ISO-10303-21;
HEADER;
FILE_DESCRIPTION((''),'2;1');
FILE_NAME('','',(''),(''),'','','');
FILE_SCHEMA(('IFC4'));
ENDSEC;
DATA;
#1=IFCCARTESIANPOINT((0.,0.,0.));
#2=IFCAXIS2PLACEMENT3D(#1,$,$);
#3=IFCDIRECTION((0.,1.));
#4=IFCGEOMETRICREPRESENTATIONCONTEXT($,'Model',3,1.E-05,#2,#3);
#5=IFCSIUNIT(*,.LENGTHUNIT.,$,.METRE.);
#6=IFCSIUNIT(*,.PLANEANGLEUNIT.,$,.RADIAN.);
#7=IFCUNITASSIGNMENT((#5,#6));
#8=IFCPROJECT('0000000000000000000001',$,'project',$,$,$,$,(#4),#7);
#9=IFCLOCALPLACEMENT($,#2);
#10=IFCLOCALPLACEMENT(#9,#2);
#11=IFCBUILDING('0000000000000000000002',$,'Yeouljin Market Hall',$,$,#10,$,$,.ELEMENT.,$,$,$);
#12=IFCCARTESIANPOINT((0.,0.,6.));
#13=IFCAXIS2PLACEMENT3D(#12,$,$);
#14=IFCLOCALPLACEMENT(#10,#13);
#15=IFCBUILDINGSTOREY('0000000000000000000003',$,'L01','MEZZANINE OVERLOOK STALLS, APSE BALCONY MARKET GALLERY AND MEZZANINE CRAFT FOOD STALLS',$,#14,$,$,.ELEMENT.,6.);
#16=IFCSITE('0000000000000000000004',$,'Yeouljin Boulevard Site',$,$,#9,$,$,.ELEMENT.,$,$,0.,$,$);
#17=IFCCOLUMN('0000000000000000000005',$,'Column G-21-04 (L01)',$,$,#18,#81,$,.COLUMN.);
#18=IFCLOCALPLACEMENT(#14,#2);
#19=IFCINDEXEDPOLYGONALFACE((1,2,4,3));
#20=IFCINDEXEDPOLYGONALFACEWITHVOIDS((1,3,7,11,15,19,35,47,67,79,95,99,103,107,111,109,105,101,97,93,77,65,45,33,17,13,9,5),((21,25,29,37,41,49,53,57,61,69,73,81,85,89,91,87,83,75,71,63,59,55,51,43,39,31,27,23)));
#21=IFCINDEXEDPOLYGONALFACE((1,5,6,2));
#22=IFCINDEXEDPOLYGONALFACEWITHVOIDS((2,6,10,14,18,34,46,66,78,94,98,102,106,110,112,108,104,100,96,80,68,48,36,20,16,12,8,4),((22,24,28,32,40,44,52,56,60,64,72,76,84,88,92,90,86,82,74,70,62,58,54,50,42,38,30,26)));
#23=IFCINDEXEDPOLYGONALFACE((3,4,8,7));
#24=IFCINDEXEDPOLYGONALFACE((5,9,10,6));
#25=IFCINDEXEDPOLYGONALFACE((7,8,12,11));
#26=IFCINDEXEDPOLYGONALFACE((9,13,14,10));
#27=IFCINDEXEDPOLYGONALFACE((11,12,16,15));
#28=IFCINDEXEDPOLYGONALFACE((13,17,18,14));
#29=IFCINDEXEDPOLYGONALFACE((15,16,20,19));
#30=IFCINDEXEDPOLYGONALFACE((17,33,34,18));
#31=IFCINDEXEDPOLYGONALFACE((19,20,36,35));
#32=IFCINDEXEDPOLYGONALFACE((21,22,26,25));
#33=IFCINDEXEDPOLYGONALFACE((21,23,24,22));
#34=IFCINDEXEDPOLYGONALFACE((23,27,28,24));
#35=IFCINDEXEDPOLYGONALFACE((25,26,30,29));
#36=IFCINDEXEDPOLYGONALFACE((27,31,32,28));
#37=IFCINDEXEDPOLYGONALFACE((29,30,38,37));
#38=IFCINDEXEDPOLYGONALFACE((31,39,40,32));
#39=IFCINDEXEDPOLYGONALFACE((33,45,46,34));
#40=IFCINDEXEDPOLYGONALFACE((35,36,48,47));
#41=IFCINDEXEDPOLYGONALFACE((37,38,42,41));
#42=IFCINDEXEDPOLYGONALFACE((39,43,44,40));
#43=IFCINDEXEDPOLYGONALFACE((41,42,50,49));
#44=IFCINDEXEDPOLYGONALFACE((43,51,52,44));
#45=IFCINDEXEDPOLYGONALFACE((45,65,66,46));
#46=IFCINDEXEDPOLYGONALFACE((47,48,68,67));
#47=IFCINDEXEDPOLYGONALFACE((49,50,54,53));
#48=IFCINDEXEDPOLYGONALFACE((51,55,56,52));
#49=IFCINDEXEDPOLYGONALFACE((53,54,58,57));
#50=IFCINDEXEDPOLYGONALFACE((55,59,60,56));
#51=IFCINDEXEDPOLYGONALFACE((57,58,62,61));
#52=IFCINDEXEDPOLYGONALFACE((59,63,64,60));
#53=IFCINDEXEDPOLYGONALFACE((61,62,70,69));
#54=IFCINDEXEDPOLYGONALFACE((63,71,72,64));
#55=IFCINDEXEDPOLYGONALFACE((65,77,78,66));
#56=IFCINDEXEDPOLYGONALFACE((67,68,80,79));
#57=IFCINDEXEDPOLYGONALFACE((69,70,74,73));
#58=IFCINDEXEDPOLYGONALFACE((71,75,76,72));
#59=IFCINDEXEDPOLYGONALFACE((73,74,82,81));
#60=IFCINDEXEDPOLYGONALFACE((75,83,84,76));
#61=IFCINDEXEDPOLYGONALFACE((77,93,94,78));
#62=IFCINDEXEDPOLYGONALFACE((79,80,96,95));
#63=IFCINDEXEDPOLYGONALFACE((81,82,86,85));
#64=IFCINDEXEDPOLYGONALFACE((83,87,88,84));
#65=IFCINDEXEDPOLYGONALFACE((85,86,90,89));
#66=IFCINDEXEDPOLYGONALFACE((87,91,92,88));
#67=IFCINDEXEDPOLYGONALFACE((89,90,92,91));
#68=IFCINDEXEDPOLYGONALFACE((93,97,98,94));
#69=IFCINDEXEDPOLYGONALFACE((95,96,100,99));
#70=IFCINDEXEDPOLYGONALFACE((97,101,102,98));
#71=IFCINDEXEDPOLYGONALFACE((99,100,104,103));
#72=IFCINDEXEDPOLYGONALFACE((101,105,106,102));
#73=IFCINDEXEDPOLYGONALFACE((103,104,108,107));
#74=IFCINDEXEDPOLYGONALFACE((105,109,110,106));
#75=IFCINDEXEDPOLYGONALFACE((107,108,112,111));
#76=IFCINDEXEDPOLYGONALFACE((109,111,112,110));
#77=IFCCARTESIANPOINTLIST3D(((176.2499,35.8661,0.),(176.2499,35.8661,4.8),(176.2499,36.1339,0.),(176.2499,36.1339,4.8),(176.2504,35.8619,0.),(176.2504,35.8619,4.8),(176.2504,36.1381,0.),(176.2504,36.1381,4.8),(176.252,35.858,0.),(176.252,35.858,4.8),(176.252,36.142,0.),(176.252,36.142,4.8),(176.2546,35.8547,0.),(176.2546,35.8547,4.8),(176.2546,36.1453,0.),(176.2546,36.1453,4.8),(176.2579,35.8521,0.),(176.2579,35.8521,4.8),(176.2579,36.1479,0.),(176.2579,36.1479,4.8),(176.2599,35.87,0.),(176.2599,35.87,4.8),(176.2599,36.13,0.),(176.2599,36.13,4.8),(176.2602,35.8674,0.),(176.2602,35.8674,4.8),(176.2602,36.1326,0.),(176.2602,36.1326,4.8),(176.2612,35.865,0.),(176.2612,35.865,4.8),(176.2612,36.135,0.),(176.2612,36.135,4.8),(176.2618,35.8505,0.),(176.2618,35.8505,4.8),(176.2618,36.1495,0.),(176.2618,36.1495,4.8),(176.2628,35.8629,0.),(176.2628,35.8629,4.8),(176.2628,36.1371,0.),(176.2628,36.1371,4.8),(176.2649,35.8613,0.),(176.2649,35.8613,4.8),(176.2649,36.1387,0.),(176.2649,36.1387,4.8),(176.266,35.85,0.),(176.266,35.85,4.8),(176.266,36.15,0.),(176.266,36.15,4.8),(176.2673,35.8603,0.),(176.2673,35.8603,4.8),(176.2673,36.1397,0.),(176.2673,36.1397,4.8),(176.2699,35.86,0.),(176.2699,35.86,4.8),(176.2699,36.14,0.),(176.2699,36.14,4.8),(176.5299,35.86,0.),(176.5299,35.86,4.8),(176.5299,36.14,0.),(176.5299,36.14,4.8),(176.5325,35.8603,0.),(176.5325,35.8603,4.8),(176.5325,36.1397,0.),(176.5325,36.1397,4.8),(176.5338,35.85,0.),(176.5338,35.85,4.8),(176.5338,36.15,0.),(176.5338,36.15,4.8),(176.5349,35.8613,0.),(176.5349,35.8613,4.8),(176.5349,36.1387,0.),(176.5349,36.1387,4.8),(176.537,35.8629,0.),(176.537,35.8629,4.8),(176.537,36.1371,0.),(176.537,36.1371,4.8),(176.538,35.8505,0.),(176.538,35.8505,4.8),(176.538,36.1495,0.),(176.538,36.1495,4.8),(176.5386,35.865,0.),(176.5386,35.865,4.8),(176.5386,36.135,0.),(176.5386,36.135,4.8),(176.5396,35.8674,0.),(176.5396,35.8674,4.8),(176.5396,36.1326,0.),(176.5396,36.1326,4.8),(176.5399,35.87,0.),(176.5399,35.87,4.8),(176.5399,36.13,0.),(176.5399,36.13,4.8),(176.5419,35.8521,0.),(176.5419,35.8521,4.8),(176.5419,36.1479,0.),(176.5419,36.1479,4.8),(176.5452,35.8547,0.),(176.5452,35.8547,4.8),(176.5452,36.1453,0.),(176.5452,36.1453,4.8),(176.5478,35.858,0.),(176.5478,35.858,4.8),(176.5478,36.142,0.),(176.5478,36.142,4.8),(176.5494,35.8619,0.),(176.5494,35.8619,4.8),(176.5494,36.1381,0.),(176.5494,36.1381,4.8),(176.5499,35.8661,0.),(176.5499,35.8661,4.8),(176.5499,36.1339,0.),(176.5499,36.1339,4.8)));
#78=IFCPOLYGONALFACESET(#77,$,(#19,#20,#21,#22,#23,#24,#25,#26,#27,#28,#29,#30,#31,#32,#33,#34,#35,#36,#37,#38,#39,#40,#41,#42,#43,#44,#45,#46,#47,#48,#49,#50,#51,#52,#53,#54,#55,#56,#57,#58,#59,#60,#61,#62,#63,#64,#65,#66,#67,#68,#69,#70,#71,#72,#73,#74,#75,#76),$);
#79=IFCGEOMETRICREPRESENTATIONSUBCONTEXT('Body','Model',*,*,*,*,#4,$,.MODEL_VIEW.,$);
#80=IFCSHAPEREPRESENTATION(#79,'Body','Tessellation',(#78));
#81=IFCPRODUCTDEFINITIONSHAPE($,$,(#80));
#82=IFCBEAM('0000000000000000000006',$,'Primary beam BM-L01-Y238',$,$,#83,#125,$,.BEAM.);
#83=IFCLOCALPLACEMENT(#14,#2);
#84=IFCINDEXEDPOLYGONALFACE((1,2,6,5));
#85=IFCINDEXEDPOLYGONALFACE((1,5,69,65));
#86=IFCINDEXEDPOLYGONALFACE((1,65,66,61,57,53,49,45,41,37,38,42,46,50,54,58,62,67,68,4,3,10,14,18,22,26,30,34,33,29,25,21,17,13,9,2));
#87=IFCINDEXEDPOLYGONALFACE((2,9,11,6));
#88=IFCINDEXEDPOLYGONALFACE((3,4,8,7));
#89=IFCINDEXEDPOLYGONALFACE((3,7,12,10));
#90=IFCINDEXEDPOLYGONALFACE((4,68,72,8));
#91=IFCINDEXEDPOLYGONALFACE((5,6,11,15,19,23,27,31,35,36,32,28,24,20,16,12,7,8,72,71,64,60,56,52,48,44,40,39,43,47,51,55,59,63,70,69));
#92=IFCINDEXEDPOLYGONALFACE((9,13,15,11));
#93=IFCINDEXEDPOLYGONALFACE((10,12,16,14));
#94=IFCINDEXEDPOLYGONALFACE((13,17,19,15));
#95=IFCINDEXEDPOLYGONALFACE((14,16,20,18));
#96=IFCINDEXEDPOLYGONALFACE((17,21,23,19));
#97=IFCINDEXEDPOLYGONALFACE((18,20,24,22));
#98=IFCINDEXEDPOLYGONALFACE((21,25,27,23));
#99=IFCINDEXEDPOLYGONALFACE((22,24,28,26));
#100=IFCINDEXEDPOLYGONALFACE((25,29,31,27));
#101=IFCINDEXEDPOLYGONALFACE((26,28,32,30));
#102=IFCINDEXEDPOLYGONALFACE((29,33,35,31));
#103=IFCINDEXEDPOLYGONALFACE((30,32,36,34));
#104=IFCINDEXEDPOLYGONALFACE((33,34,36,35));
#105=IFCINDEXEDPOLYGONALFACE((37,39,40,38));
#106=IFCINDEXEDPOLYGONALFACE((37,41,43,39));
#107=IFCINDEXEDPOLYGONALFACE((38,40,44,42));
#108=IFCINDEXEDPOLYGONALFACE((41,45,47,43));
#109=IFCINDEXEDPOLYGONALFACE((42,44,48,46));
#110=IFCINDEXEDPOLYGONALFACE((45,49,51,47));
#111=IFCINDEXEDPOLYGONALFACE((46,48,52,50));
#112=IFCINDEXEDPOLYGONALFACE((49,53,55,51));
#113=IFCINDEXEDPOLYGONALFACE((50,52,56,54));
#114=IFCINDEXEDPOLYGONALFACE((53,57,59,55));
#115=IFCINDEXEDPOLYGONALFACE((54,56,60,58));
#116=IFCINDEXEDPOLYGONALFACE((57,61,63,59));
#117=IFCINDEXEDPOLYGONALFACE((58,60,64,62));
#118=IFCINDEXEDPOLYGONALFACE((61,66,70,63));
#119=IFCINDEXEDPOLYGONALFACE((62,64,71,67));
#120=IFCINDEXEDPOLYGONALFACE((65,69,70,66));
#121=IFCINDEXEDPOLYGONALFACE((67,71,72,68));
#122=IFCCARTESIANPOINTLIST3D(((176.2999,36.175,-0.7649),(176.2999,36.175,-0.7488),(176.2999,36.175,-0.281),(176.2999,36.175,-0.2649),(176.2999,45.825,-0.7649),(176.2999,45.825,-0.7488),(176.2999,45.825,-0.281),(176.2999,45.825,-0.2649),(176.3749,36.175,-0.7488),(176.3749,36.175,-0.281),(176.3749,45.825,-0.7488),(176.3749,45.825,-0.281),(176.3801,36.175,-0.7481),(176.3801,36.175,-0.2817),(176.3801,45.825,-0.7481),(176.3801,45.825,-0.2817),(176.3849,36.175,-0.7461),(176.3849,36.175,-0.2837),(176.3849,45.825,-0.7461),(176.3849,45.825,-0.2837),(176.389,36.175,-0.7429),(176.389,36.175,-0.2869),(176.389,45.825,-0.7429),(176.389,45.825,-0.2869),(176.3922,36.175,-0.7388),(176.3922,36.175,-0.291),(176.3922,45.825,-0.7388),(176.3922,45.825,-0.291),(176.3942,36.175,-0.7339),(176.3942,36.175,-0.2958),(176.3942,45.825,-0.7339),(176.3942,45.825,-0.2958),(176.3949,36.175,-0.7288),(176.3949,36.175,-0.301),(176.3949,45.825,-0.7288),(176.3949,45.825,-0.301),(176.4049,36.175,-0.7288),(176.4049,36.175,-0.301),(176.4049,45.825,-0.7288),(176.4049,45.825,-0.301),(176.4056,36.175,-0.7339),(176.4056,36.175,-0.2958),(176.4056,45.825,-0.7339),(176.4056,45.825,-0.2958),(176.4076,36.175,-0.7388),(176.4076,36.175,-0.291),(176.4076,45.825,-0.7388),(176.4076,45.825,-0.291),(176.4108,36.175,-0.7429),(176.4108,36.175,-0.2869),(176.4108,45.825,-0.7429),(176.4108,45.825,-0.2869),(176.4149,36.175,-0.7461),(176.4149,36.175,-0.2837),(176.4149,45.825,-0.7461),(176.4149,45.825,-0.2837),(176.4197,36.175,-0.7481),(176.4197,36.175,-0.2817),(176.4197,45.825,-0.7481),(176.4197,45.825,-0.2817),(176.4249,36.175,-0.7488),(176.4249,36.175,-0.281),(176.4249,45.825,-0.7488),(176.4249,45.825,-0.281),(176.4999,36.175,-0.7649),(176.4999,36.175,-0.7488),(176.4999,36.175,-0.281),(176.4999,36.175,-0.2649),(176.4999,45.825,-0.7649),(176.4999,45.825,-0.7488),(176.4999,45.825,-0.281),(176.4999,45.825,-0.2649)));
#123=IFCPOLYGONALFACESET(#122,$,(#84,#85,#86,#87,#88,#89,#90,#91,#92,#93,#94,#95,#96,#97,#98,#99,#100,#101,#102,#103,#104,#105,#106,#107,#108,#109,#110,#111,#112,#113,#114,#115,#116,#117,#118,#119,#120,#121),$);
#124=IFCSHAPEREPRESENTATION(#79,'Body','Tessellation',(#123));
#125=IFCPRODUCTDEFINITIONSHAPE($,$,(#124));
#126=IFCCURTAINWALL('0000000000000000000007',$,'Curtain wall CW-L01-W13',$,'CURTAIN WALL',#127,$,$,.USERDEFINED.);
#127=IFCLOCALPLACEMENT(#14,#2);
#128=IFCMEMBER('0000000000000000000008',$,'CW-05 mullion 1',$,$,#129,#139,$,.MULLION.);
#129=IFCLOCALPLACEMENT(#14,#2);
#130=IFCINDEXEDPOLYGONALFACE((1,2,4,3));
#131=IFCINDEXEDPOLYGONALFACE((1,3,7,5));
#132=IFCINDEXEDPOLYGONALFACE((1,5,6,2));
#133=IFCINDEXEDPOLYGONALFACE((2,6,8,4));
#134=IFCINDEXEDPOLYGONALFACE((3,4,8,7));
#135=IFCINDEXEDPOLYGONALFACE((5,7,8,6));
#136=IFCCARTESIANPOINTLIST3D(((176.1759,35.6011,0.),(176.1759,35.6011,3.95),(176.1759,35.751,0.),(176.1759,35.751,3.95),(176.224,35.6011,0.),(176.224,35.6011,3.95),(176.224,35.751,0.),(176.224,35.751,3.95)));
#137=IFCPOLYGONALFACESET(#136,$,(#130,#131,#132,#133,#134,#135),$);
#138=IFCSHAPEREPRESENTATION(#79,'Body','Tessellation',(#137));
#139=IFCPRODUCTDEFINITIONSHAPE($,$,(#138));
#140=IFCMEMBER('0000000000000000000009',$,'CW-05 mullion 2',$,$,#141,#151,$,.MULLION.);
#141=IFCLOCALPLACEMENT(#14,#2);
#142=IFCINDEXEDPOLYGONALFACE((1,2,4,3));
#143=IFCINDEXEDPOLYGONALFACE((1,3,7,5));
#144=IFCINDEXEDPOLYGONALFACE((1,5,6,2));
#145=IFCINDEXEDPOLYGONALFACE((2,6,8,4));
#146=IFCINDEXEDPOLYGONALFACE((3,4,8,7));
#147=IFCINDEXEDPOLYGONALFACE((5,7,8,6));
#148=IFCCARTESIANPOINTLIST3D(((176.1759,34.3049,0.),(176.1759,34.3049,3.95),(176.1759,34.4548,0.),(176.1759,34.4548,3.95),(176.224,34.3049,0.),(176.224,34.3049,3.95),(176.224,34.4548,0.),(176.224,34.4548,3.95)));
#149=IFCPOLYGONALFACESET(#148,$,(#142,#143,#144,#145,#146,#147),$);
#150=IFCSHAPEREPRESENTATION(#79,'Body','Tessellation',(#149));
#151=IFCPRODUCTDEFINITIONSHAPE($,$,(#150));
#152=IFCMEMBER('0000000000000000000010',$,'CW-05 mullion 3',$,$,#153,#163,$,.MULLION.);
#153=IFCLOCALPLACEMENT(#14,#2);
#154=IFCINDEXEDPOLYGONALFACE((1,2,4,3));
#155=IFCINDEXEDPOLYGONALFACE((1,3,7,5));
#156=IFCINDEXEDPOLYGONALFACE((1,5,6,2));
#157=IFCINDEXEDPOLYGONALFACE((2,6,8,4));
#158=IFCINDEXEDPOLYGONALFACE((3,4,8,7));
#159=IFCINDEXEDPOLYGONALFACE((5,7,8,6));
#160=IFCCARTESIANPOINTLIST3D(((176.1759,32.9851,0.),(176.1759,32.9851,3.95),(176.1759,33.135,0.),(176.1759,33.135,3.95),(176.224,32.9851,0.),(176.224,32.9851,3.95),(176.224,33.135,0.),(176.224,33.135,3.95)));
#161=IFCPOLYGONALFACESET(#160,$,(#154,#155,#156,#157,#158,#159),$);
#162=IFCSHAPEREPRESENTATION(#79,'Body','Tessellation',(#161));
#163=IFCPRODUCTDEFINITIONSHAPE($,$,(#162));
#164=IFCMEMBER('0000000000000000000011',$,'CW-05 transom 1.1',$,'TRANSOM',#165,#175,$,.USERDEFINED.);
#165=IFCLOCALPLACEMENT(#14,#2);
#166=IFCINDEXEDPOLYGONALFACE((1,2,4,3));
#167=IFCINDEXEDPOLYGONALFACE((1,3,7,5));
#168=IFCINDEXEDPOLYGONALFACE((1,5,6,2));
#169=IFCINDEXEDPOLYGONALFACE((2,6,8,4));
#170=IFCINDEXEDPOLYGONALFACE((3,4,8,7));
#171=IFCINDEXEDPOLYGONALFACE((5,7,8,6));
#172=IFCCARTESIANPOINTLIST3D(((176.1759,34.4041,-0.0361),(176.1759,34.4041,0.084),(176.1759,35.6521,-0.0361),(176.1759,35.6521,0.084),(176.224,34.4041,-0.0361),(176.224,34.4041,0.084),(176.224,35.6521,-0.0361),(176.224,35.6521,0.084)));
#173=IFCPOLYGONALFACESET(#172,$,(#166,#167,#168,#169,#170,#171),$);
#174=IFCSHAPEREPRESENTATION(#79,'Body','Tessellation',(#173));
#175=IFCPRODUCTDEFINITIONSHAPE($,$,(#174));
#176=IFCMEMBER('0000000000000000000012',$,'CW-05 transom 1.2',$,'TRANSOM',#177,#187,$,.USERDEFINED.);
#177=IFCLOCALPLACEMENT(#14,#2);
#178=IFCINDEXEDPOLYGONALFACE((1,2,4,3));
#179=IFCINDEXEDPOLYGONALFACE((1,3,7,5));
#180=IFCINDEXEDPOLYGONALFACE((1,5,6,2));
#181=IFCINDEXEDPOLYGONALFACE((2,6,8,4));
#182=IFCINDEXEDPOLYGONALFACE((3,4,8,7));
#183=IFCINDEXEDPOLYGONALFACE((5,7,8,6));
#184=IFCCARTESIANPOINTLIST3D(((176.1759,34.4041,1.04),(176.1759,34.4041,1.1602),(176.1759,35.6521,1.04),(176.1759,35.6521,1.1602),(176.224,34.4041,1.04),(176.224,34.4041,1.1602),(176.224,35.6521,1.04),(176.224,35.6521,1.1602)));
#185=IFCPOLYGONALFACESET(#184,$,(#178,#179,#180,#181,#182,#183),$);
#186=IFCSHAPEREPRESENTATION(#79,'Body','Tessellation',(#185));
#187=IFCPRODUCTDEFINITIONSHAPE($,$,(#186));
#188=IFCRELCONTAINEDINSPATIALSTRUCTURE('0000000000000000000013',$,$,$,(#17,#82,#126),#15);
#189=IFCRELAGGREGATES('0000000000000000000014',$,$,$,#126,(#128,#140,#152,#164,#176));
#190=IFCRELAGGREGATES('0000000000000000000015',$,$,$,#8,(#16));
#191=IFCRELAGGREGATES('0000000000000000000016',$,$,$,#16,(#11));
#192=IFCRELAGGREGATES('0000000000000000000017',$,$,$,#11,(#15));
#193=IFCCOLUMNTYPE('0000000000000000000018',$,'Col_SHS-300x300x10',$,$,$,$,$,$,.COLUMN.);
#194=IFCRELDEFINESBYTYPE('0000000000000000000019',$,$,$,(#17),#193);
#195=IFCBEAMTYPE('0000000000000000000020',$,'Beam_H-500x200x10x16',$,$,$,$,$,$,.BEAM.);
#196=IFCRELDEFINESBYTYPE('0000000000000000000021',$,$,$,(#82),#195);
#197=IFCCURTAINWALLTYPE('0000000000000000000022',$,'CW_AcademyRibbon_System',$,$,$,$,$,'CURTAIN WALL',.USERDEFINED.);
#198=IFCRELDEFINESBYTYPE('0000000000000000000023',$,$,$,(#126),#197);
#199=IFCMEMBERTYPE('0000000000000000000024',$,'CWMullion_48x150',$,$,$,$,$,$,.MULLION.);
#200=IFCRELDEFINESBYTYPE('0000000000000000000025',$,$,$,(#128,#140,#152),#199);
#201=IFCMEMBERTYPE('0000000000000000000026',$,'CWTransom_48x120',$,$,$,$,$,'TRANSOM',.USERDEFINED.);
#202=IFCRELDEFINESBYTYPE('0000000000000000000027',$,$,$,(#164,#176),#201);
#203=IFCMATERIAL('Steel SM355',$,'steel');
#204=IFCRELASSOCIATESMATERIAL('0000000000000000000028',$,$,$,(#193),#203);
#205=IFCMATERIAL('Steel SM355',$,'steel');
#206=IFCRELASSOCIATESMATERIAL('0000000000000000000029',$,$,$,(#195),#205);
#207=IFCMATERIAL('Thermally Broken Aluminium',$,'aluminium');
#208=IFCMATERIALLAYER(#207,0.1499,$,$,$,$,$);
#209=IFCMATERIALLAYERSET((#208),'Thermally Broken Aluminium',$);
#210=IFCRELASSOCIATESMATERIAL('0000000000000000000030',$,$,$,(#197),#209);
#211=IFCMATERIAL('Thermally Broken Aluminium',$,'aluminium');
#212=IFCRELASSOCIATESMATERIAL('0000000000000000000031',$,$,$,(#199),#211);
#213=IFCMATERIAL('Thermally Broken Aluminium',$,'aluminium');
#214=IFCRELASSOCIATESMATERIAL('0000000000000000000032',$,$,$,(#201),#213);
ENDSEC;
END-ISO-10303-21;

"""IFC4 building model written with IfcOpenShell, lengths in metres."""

from ifc_helpers import new_model, si_unit, direction, frame, origin, origin_2d, place, context, subcontext, project, spatial, rectangle, hollow_rectangle, i_section, extrude, material, layer, layer_set, material_profile, profile_set, type_object, element, aggregate, save


model = new_model("IFC4")

# Units and contexts
model_context = context("Model", 3, precision=1e-05, world=origin(), true_north=direction((0.0, 1.0)))
body_context = subcontext(model_context, "Body", "Model", "MODEL_VIEW")
ifc_project = project(units=[si_unit("LENGTHUNIT", "METRE"), si_unit("PLANEANGLEUNIT", "RADIAN")], contexts=[model_context])

# Site, building, storey
site_placement = place(None, origin())
site = spatial("IfcSite", under=ifc_project, at=site_placement, Name="Yeouljin Boulevard Site", CompositionType="ELEMENT", RefElevation=0.0)
building_placement = place(site_placement, origin())
building = spatial("IfcBuilding", under=site, at=building_placement, Name="Yeouljin Market Hall", CompositionType="ELEMENT")
storey_placement = place(building_placement, frame((0.0, 0.0, 6.0)))
storey = spatial("IfcBuildingStorey", under=building, at=storey_placement, Name="L01", Description="MEZZANINE OVERLOOK STALLS, APSE BALCONY MARKET GALLERY AND MEZZANINE CRAFT FOOD STALLS", CompositionType="ELEMENT", Elevation=6.0)

# Column
ifc_material_1 = material(Name="Steel SM355", Category="steel")
ifc_material_profile_1 = material_profile(ifc_material_1, hollow_rectangle(XDim=0.3, YDim=0.3, WallThickness=0.01, InnerFilletRadius=0.01, OuterFilletRadius=0.0161, at=origin_2d()), Name="SHS-300x300x10")
ifc_profile_set_1 = profile_set([ifc_material_profile_1], Name="Steel SM355")
column_type = type_object("IfcColumnType", Name="Col_SHS-300x300x10", PredefinedType="COLUMN", material=ifc_profile_set_1)
column_placement = place(storey_placement, frame((176.3999, 36.0, 0.0), z_axis=(0.0, 0.0, 1.0), x_axis=(1.0, 0.0, 0.0)))
element("IfcColumn", 1, at=column_placement, inside=storey, type_object=column_type, Name="Column G-21-04 (L01)", PredefinedType="COLUMN", context=body_context, shape_type="SweptSolid", body=[
    extrude(hollow_rectangle(XDim=0.3, YDim=0.3, WallThickness=0.01, InnerFilletRadius=0.01, OuterFilletRadius=0.0161, at=origin_2d()), origin(), (0.0, 0.0, 1.0), 4.8),
])

# Beam
ifc_material_2 = material(Name="Steel SM355", Category="steel")
ifc_material_profile_2 = material_profile(ifc_material_2, i_section(OverallWidth=0.2, OverallDepth=0.5, WebThickness=0.01, FlangeThickness=0.0161, FilletRadius=0.02, at=origin_2d()), Name="H-500x200x10x16")
ifc_profile_set_2 = profile_set([ifc_material_profile_2], Name="Steel SM355")
beam_type = type_object("IfcBeamType", Name="Beam_H-500x200x10x16", PredefinedType="BEAM", material=ifc_profile_set_2)
beam_placement = place(storey_placement, frame((176.3999, 36.175, -0.5149), z_axis=(0.0, 1.0, 0.0), x_axis=(-1.0, 0.0, 0.0)))
element("IfcBeam", 2, at=beam_placement, inside=storey, type_object=beam_type, Name="Primary beam BM-L01-Y238", PredefinedType="BEAM", context=body_context, shape_type="SweptSolid", body=[
    extrude(i_section(OverallWidth=0.2, OverallDepth=0.5, WebThickness=0.01, FlangeThickness=0.0161, FilletRadius=0.02, at=origin_2d()), origin(), (0.0, 0.0, 1.0), 9.6499),
])

# Curtain wall, members
ifc_material_3 = material(Name="Thermally Broken Aluminium", Category="aluminium")
ifc_layer_1 = layer(ifc_material_3, 0.1499)
ifc_layer_set_1 = layer_set([ifc_layer_1], Name="Thermally Broken Aluminium")
curtain_wall_type = type_object("IfcCurtainWallType", Name="CW_AcademyRibbon_System", ElementType="CURTAIN WALL", PredefinedType="USERDEFINED", material=ifc_layer_set_1)
curtain_wall_placement = place(storey_placement, origin())
curtain_wall = element("IfcCurtainWall", 3, at=curtain_wall_placement, inside=storey, type_object=curtain_wall_type, Name="Curtain wall CW-L01-W13", ObjectType="CURTAIN WALL", PredefinedType="USERDEFINED")
ifc_material_4 = material(Name="Thermally Broken Aluminium", Category="aluminium")
ifc_material_profile_3 = material_profile(ifc_material_4, rectangle(XDim=0.0481, YDim=0.1499, at=origin_2d()), Name="CW-MULL-48x150")
ifc_profile_set_3 = profile_set([ifc_material_profile_3], Name="Thermally Broken Aluminium")
member_type_1 = type_object("IfcMemberType", Name="CWMullion_48x150", PredefinedType="MULLION", material=ifc_profile_set_3)
member_1_placement = place(storey_placement, frame((176.2, 35.676, 0.0), z_axis=(0.0, 0.0, 1.0), x_axis=(1.0, 0.0, 0.0)))
member_1 = element("IfcMember", 4, at=member_1_placement, type_object=member_type_1, Name="CW-05 mullion 1", PredefinedType="MULLION", context=body_context, shape_type="SweptSolid", body=[
    extrude(rectangle(XDim=0.0481, YDim=0.1499, at=origin_2d()), origin(), (0.0, 0.0, 1.0), 3.95),
])
member_2_placement = place(storey_placement, frame((176.2, 34.3799, 0.0), z_axis=(0.0, 0.0, 1.0), x_axis=(1.0, 0.0, 0.0)))
member_2 = element("IfcMember", 5, at=member_2_placement, type_object=member_type_1, Name="CW-05 mullion 2", PredefinedType="MULLION", context=body_context, shape_type="SweptSolid", body=[
    extrude(rectangle(XDim=0.0481, YDim=0.1499, at=origin_2d()), origin(), (0.0, 0.0, 1.0), 3.95),
])
member_3_placement = place(storey_placement, frame((176.2, 33.0601, 0.0), z_axis=(0.0, 0.0, 1.0), x_axis=(1.0, 0.0, 0.0)))
member_3 = element("IfcMember", 6, at=member_3_placement, type_object=member_type_1, Name="CW-05 mullion 3", PredefinedType="MULLION", context=body_context, shape_type="SweptSolid", body=[
    extrude(rectangle(XDim=0.0481, YDim=0.1499, at=origin_2d()), origin(), (0.0, 0.0, 1.0), 3.95),
])
ifc_material_5 = material(Name="Thermally Broken Aluminium", Category="aluminium")
ifc_material_profile_4 = material_profile(ifc_material_5, rectangle(XDim=0.0481, YDim=0.1201, at=origin_2d()), Name="CW-TRAN-48x120")
ifc_profile_set_4 = profile_set([ifc_material_profile_4], Name="Thermally Broken Aluminium")
member_type_2 = type_object("IfcMemberType", Name="CWTransom_48x120", ElementType="TRANSOM", PredefinedType="USERDEFINED", material=ifc_profile_set_4)
member_4_placement = place(storey_placement, frame((176.2, 35.6521, 0.0239), z_axis=(0.0, -1.0, 0.0), x_axis=(1.0, 0.0, 0.0)))
member_4 = element("IfcMember", 7, at=member_4_placement, type_object=member_type_2, Name="CW-05 transom 1.1", ObjectType="TRANSOM", PredefinedType="USERDEFINED", context=body_context, shape_type="SweptSolid", body=[
    extrude(rectangle(XDim=0.0481, YDim=0.1201, at=origin_2d()), origin(), (0.0, 0.0, 1.0), 1.248),
])
member_5_placement = place(storey_placement, frame((176.2, 35.6521, 1.1001), z_axis=(0.0, -1.0, 0.0), x_axis=(1.0, 0.0, 0.0)))
member_5 = element("IfcMember", 8, at=member_5_placement, type_object=member_type_2, Name="CW-05 transom 1.2", ObjectType="TRANSOM", PredefinedType="USERDEFINED", context=body_context, shape_type="SweptSolid", body=[
    extrude(rectangle(XDim=0.0481, YDim=0.1201, at=origin_2d()), origin(), (0.0, 0.0, 1.0), 1.248),
])
aggregate(curtain_wall, [member_1, member_2, member_3, member_4, member_5])

save(model, "model.ifc")
